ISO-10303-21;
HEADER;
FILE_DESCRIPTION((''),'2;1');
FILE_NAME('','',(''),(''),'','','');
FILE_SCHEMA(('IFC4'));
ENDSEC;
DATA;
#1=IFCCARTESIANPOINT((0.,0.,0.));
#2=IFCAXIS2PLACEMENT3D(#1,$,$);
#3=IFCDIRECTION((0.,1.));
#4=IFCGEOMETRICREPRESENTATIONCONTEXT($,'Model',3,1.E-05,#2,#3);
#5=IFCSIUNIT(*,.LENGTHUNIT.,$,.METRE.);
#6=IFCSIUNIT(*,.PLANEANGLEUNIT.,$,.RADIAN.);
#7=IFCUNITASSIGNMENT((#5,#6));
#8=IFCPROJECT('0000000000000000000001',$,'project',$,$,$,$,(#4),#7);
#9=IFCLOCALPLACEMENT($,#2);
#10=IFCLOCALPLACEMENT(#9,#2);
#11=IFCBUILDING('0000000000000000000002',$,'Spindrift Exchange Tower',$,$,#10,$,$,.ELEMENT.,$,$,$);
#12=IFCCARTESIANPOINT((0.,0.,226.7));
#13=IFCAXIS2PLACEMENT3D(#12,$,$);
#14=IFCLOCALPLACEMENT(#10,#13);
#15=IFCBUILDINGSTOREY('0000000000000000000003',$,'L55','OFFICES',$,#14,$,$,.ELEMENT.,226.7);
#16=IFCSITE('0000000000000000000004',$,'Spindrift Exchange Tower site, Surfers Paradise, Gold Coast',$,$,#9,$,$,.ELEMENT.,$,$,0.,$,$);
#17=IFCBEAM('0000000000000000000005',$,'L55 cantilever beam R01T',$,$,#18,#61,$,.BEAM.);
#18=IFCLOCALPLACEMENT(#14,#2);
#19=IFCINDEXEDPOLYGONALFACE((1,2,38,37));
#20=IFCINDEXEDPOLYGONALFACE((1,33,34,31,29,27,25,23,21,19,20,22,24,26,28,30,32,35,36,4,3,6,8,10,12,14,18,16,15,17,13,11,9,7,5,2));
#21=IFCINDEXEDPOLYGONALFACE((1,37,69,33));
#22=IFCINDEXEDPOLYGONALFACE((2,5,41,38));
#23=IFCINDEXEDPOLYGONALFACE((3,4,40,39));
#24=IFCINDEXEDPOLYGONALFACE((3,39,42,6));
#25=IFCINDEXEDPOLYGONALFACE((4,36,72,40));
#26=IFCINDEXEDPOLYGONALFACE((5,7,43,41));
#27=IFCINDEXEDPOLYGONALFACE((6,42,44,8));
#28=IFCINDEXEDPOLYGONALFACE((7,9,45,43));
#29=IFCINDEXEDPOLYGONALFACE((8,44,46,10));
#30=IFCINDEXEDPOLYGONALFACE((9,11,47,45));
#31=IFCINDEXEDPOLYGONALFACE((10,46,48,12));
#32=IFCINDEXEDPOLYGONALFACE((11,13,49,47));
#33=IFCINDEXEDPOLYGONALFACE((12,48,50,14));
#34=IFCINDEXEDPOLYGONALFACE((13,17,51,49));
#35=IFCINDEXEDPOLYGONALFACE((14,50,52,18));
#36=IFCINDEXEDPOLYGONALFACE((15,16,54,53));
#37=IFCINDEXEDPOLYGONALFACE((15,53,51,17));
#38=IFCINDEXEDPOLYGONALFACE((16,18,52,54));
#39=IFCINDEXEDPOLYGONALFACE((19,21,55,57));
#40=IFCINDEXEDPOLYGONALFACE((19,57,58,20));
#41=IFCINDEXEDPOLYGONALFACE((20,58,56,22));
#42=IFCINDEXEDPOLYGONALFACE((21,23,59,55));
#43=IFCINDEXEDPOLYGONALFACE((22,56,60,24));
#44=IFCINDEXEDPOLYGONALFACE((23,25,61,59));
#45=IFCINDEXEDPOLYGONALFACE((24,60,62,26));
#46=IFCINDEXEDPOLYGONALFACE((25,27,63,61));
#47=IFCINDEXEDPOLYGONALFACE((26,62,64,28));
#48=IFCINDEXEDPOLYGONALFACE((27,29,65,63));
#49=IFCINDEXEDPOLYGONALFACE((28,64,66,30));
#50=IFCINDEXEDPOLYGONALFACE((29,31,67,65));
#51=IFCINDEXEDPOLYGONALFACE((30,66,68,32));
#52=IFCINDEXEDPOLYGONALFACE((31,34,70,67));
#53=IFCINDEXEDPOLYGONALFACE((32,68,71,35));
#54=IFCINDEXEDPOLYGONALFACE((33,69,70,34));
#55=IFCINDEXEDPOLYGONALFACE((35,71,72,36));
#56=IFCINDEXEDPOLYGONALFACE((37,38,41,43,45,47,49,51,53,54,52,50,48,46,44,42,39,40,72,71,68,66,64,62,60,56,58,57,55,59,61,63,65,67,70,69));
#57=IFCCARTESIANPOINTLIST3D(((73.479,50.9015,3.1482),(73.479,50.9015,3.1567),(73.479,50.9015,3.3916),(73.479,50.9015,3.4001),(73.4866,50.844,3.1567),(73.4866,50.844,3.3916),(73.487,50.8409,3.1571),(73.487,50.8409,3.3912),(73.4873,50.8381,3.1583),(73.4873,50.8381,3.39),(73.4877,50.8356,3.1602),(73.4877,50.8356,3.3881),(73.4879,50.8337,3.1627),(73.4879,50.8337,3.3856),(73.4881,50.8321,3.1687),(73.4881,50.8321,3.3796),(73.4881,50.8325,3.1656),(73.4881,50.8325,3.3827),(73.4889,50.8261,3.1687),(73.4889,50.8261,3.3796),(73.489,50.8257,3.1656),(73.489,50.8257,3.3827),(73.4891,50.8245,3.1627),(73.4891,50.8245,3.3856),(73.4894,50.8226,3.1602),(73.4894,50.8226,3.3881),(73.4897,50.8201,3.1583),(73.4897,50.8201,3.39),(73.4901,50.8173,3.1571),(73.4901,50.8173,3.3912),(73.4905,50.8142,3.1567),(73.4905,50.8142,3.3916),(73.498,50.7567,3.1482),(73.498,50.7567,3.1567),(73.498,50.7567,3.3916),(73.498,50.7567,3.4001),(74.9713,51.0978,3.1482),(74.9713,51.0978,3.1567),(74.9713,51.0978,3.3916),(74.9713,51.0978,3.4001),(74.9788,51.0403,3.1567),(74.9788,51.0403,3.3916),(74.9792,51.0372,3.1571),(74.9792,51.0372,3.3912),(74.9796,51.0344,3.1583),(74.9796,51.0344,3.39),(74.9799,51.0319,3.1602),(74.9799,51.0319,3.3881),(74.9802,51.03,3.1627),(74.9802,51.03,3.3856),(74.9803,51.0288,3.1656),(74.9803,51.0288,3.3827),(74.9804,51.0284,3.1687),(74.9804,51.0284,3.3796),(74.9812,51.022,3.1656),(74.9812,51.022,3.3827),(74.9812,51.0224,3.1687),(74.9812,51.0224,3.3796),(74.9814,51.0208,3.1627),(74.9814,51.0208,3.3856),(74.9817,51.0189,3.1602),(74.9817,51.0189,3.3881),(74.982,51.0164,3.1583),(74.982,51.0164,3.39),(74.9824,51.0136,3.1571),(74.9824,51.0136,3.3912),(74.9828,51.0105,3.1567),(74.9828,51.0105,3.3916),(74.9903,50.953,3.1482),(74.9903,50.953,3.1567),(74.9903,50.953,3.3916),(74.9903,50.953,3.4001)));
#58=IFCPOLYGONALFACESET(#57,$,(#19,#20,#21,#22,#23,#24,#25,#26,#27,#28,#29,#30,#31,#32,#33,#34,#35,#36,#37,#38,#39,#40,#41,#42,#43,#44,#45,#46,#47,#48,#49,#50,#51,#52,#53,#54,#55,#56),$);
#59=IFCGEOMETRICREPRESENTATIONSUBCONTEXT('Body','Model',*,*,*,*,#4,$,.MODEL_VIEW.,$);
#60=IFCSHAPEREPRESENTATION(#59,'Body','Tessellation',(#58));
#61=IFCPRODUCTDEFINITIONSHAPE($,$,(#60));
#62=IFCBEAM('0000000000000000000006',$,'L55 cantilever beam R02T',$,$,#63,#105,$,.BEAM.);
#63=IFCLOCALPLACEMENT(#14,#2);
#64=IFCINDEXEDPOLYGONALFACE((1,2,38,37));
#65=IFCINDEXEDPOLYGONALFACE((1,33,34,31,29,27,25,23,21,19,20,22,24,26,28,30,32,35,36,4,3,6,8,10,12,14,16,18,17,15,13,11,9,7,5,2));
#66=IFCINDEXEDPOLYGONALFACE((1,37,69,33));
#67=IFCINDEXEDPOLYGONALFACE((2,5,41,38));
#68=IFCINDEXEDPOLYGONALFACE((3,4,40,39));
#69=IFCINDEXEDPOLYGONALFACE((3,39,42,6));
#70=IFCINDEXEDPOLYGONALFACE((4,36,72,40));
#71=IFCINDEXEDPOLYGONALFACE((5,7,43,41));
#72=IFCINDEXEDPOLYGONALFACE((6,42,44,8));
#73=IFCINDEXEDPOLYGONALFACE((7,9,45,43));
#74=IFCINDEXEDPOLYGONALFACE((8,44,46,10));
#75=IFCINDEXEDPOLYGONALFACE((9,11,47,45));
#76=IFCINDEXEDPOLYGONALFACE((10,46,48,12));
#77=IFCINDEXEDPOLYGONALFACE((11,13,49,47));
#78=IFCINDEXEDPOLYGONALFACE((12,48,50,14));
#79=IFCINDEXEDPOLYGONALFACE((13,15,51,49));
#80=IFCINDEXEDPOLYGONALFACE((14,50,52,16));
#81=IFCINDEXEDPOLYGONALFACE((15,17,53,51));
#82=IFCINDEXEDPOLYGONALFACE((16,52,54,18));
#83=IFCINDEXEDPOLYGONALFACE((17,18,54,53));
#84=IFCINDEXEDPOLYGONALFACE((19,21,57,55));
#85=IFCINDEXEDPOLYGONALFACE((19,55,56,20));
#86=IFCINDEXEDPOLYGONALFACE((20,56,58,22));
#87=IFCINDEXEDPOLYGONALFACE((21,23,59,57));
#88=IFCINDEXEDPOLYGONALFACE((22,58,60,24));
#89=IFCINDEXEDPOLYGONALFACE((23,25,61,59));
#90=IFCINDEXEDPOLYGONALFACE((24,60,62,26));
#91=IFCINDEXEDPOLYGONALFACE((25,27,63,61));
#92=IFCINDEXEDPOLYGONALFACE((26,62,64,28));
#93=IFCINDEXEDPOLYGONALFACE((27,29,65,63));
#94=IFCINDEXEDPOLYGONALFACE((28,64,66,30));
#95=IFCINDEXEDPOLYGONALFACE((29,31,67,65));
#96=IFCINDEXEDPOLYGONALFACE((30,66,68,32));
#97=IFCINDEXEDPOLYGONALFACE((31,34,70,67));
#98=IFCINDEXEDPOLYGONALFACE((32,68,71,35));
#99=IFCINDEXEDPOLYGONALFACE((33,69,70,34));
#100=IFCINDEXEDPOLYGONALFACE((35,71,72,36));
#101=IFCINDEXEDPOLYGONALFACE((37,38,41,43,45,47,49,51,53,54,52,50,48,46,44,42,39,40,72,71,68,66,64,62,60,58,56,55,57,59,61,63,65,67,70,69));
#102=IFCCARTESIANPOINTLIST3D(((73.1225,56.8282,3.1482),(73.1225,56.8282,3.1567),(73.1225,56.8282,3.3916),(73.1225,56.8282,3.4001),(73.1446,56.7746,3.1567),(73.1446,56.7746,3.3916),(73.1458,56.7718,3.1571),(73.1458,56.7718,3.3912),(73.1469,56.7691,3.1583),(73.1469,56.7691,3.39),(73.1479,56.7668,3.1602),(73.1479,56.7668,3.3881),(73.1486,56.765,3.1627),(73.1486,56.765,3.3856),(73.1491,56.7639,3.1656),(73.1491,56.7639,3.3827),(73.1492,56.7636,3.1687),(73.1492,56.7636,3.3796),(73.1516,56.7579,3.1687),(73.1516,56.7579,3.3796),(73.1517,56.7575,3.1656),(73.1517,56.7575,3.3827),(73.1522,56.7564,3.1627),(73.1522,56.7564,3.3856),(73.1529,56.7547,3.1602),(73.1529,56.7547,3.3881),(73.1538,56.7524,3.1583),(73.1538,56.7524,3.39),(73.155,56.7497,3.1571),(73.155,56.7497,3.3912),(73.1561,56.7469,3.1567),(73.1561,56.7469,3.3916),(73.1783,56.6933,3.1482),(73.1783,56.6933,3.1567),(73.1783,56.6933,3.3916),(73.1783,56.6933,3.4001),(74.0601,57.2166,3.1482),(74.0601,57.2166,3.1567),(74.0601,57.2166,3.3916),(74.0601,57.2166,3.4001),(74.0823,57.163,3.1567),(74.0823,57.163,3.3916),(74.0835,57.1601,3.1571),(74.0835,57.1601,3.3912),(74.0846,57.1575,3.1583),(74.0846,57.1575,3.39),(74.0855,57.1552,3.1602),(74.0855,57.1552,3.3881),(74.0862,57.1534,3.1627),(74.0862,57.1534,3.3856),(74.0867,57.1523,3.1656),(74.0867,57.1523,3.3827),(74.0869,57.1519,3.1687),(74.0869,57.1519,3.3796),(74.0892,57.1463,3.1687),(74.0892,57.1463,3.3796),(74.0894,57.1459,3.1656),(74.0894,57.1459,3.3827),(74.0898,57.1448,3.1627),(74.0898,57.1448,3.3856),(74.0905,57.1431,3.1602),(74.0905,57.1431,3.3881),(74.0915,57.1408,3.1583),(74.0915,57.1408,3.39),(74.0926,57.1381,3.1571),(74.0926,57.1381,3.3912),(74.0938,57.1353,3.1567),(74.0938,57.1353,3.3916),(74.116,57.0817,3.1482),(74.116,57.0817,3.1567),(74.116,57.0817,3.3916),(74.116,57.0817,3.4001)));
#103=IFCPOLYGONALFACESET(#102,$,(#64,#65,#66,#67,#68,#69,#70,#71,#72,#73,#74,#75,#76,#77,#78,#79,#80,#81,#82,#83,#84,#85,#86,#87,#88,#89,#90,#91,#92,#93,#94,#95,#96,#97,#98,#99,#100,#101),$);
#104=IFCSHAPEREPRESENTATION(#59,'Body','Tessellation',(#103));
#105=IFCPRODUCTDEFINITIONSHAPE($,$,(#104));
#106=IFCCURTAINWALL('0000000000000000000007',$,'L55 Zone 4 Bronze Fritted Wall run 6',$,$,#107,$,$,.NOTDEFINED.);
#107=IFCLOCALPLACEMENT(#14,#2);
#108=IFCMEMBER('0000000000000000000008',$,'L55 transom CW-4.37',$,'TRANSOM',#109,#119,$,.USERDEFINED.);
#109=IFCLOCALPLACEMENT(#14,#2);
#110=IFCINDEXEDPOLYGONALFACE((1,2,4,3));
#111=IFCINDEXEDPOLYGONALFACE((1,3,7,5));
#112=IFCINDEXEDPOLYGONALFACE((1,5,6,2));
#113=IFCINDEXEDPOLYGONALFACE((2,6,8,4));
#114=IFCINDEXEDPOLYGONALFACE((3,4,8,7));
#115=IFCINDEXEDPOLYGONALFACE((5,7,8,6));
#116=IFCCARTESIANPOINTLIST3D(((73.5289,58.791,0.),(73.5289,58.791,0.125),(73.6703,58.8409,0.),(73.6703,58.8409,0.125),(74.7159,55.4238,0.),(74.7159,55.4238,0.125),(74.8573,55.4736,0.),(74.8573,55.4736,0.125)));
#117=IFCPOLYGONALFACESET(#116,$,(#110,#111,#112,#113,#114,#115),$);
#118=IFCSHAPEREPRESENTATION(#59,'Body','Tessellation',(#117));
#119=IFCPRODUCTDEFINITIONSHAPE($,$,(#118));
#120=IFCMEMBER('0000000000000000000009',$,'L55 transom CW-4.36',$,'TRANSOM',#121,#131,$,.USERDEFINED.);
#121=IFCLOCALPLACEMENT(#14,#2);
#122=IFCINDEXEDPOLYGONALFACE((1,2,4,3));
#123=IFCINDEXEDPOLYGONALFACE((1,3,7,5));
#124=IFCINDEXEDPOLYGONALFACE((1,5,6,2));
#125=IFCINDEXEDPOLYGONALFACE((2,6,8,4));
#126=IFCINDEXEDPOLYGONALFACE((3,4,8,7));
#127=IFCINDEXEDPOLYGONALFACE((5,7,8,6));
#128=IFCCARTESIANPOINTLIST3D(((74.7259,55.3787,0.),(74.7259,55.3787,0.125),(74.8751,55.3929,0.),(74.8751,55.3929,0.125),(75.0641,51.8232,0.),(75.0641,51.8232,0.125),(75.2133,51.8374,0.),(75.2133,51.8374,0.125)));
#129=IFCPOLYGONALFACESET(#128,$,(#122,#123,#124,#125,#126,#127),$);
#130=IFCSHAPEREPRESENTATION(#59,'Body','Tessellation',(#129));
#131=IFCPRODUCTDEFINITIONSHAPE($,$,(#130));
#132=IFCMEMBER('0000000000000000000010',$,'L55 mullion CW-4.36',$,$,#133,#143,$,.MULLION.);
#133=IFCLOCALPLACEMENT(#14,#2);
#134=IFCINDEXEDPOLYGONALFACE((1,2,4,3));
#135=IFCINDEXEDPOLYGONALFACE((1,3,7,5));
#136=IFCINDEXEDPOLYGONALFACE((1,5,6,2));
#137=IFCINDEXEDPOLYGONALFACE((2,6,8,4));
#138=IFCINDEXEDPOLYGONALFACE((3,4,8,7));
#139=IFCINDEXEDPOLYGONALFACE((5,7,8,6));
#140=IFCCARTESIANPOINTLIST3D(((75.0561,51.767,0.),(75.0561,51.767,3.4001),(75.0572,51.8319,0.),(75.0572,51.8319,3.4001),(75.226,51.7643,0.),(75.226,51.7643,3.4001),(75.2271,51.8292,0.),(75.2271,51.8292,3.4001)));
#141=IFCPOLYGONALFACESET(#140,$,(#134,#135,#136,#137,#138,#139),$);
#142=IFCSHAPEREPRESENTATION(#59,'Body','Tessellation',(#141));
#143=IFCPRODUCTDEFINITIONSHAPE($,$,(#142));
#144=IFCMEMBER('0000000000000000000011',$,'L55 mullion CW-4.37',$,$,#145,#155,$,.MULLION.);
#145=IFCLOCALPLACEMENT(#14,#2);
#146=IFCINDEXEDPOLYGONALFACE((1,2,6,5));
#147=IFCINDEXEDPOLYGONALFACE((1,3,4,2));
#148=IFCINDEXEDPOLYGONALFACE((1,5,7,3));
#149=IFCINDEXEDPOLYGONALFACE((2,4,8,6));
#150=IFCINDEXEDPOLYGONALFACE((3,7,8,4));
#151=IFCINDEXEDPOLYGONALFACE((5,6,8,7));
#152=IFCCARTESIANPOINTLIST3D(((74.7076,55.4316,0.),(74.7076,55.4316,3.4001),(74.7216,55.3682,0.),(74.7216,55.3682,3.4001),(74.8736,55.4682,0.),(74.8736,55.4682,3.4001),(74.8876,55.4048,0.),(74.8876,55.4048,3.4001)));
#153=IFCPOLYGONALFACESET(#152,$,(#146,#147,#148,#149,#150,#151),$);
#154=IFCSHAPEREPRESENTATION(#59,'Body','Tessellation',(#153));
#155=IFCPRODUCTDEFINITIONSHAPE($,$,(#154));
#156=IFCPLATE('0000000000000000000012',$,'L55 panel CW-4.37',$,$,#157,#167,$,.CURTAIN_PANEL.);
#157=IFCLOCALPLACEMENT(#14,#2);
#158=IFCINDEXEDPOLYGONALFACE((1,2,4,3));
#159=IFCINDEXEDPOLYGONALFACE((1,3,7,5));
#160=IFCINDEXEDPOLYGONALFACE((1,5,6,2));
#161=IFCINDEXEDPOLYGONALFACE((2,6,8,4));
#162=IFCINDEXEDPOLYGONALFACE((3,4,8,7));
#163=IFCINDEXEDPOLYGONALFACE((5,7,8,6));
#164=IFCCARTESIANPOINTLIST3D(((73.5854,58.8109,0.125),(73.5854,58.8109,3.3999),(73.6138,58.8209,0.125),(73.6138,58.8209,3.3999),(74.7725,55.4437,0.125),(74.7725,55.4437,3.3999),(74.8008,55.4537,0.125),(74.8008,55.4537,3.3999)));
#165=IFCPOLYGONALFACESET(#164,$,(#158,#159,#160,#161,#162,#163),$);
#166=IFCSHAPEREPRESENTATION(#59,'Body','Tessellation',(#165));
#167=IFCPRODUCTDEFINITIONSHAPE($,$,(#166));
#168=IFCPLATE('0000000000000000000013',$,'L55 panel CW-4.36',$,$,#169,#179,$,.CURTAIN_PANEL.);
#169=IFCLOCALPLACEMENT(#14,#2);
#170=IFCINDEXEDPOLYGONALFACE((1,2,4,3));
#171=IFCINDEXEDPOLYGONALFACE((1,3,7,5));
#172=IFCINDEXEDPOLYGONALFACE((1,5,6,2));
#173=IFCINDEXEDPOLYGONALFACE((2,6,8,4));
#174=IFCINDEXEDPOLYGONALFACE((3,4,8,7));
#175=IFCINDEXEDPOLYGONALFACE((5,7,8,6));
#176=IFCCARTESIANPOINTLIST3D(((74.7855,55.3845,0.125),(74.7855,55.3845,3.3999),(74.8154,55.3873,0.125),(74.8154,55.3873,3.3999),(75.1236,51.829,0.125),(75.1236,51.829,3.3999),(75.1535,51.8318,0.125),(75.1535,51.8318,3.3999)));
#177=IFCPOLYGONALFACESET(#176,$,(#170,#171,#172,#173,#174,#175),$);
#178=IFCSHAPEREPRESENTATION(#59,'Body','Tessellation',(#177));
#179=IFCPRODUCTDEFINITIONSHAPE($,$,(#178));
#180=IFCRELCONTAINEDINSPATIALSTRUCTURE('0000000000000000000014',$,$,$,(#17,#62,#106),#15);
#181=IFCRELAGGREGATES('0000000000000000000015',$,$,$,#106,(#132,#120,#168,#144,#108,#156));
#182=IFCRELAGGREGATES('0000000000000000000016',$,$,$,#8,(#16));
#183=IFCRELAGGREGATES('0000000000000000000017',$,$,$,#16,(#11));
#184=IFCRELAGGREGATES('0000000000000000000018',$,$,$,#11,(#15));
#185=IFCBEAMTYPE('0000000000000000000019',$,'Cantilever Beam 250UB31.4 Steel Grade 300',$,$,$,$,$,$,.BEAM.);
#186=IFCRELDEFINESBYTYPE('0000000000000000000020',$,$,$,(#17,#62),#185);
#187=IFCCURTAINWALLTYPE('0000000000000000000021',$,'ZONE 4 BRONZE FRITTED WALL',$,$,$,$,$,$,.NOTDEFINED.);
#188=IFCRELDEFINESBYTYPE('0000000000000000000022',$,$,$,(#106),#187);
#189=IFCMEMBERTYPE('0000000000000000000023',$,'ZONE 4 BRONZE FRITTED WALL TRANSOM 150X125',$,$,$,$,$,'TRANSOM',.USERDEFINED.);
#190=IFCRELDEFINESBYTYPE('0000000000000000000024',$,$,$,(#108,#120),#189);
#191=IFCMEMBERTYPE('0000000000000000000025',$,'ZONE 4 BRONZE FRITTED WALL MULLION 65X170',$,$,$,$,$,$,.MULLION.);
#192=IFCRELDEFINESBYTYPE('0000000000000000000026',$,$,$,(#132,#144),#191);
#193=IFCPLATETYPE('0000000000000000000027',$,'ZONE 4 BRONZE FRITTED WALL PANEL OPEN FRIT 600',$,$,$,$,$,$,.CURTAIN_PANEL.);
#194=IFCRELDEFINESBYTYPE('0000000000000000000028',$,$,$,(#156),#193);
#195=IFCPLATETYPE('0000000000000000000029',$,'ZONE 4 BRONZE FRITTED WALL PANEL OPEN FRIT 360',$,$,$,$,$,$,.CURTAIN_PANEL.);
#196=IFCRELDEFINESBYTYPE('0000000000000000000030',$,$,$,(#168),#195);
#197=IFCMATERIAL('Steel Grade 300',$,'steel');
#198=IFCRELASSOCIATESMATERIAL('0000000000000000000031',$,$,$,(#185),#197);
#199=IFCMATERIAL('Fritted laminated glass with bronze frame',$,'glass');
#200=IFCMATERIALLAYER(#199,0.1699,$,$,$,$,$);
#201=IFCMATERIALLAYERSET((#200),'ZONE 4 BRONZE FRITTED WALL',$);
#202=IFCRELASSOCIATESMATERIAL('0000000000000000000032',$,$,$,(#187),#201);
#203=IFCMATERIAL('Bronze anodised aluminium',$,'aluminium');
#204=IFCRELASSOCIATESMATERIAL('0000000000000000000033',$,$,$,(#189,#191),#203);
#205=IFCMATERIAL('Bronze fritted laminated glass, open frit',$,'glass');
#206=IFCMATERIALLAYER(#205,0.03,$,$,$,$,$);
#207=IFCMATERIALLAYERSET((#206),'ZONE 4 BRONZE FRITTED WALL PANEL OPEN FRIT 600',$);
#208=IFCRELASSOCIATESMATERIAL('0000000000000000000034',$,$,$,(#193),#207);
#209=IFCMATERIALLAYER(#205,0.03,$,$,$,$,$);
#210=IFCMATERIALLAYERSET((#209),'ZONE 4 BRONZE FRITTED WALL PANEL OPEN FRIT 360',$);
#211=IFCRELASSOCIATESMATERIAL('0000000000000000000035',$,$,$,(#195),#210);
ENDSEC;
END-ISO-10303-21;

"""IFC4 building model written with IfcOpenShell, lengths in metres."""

from ifc_helpers import new_model, si_unit, direction, frame, origin, origin_2d, place, context, subcontext, project, spatial, rectangle, i_section, extrude, source, transform, mapped, material, layer, layer_set, material_profile, profile_set, type_object, element, aggregate, save


model = new_model("IFC4")

# Units and contexts
model_context = context("Model", 3, precision=1e-05, world=origin(), true_north=direction((0.0, 1.0)))
body_context = subcontext(model_context, "Body", "Model", "MODEL_VIEW")
ifc_project = project(units=[si_unit("LENGTHUNIT", "METRE"), si_unit("PLANEANGLEUNIT", "RADIAN")], contexts=[model_context])

# Site, building, storey
site_placement = place(None, origin())
site = spatial("IfcSite", under=ifc_project, at=site_placement, Name="Spindrift Exchange Tower site, Surfers Paradise, Gold Coast", CompositionType="ELEMENT", RefElevation=0.0)
building_placement = place(site_placement, origin())
building = spatial("IfcBuilding", under=site, at=building_placement, Name="Spindrift Exchange Tower", CompositionType="ELEMENT")
storey_placement = place(building_placement, frame((0.0, 0.0, 226.7)))
storey = spatial("IfcBuildingStorey", under=building, at=storey_placement, Name="L55", Description="OFFICES", CompositionType="ELEMENT", Elevation=226.7)

# Beams
ifc_material_1 = material(Name="Steel Grade 300", Category="steel")
ifc_material_profile_1 = material_profile(ifc_material_1, i_section(OverallWidth=0.146, OverallDepth=0.252, WebThickness=0.0061, FlangeThickness=0.0085, FilletRadius=0.012, at=origin_2d()), Name="250UB31.4")
ifc_profile_set_1 = profile_set([ifc_material_profile_1], Name="Steel Grade 300")
beam_type_1 = type_object("IfcBeamType", Name="Cantilever Beam 250UB31.4 Steel Grade 300", PredefinedType="BEAM", material=ifc_profile_set_1)
shared_shape_1 = source(origin(), body_context, "Body", "SweptSolid", [
    extrude(i_section(OverallWidth=0.146, OverallDepth=0.252, WebThickness=0.0061, FlangeThickness=0.0085, FilletRadius=0.012, at=origin_2d()), origin(), (0.0, 0.0, 1.0), 1.5051),
])
beam_1_placement = place(storey_placement, frame((73.4885, 50.8291, 3.2742), z_axis=(0.991459, 0.130421, 0.0), x_axis=(-0.130421, 0.991459, 0.0)))
element("IfcBeam", 1, at=beam_1_placement, inside=storey, type_object=beam_type_1, Name="L55 cantilever beam R01T", PredefinedType="BEAM", context=body_context, shape_type="MappedRepresentation", body=[
    mapped(shared_shape_1, transform((0.0, 0.0, 0.0), scale=1.0)),
])
shared_shape_2 = source(origin(), body_context, "Body", "SweptSolid", [
    extrude(i_section(OverallWidth=0.146, OverallDepth=0.252, WebThickness=0.0061, FlangeThickness=0.0085, FilletRadius=0.012, at=origin_2d()), origin(), (0.0, 0.0, 1.0), 1.0149),
])
beam_2_placement = place(storey_placement, frame((73.1504, 56.7607, 3.2742), z_axis=(0.923879, 0.382685, 0.0), x_axis=(-0.382685, 0.923879, 0.0)))
element("IfcBeam", 2, at=beam_2_placement, inside=storey, type_object=beam_type_1, Name="L55 cantilever beam R02T", PredefinedType="BEAM", context=body_context, shape_type="MappedRepresentation", body=[
    mapped(shared_shape_2, transform((0.0, 0.0, 0.0), scale=1.0)),
])

# Curtain wall, members, plates
ifc_material_2 = material(Name="Fritted laminated glass with bronze frame", Category="glass")
ifc_layer_1 = layer(ifc_material_2, 0.1699)
ifc_layer_set_1 = layer_set([ifc_layer_1], Name="ZONE 4 BRONZE FRITTED WALL")
curtain_wall_type = type_object("IfcCurtainWallType", Name="ZONE 4 BRONZE FRITTED WALL", PredefinedType="NOTDEFINED", material=ifc_layer_set_1)
curtain_wall_placement = place(storey_placement, origin())
curtain_wall = element("IfcCurtainWall", 3, at=curtain_wall_placement, inside=storey, type_object=curtain_wall_type, Name="L55 Zone 4 Bronze Fritted Wall run 6", PredefinedType="NOTDEFINED")
ifc_material_3 = material(Name="Bronze anodised aluminium", Category="aluminium")
ifc_material_profile_2 = material_profile(ifc_material_3, rectangle(XDim=0.1499, YDim=0.125, at=origin_2d()), Name="ZONE 4 BRONZE FRITTED WALL TRANSOM 150X125")
ifc_profile_set_2 = profile_set([ifc_material_profile_2], Name="Bronze anodised aluminium")
member_type_1 = type_object("IfcMemberType", Name="ZONE 4 BRONZE FRITTED WALL TRANSOM 150X125", ElementType="TRANSOM", PredefinedType="USERDEFINED", material=ifc_profile_set_2)
shared_shape_3 = source(origin(), body_context, "Body", "SweptSolid", [
    extrude(rectangle(XDim=0.1499, YDim=0.125, at=origin_2d()), origin(), (0.0, 0.0, 1.0), 3.5703),
])
member_1_placement = place(storey_placement, frame((74.7866, 55.4487, 0.0625), z_axis=(-0.33247, 0.943114, 0.0), x_axis=(-0.943114, -0.33247, 0.0)))
member_1 = element("IfcMember", 4, at=member_1_placement, type_object=member_type_1, Name="L55 transom CW-4.37", ObjectType="TRANSOM", PredefinedType="USERDEFINED", context=body_context, shape_type="MappedRepresentation", body=[
    mapped(shared_shape_3, transform((0.0, 0.0, 0.0), scale=1.0)),
])
shared_shape_4 = source(origin(), body_context, "Body", "SweptSolid", [
    extrude(rectangle(XDim=0.1499, YDim=0.125, at=origin_2d()), origin(), (0.0, 0.0, 1.0), 3.5715),
])
member_2_placement = place(storey_placement, frame((75.1387, 51.8303, 0.0625), z_axis=(-0.094677, 0.995508, 0.0), x_axis=(-0.995508, -0.094677, 0.0)))
member_2 = element("IfcMember", 5, at=member_2_placement, type_object=member_type_1, Name="L55 transom CW-4.36", ObjectType="TRANSOM", PredefinedType="USERDEFINED", context=body_context, shape_type="MappedRepresentation", body=[
    mapped(shared_shape_4, transform((0.0, 0.0, 0.0), scale=1.0)),
])
ifc_material_profile_3 = material_profile(ifc_material_3, rectangle(XDim=0.0649, YDim=0.1699, at=origin_2d()), Name="ZONE 4 BRONZE FRITTED WALL MULLION 65X170")
ifc_profile_set_3 = profile_set([ifc_material_profile_3], Name="Bronze anodised aluminium")
member_type_2 = type_object("IfcMemberType", Name="ZONE 4 BRONZE FRITTED WALL MULLION 65X170", PredefinedType="MULLION", material=ifc_profile_set_3)
shared_shape_5 = source(origin(), body_context, "Body", "SweptSolid", [
    extrude(rectangle(XDim=0.0649, YDim=0.1699, at=origin_2d()), origin(), (0.0, 0.0, 1.0), 3.4001),
])
member_3_placement = place(storey_placement, frame((75.1416, 51.7981, 0.0), z_axis=(0.0, 0.0, 1.0), x_axis=(0.015877, 0.999874, 0.0)))
member_3 = element("IfcMember", 6, at=member_3_placement, type_object=member_type_2, Name="L55 mullion CW-4.36", PredefinedType="MULLION", context=body_context, shape_type="MappedRepresentation", body=[
    mapped(shared_shape_5, transform((0.0, 0.0, 0.0), scale=1.0)),
])
member_4_placement = place(storey_placement, frame((74.7976, 55.4182, 0.0), z_axis=(0.0, 0.0, 1.0), x_axis=(-0.215162, 0.976578, 0.0)))
member_4 = element("IfcMember", 7, at=member_4_placement, type_object=member_type_2, Name="L55 mullion CW-4.37", PredefinedType="MULLION", context=body_context, shape_type="MappedRepresentation", body=[
    mapped(shared_shape_5, transform((0.0, 0.0, 0.0), scale=1.0)),
])
ifc_material_4 = material(Name="Bronze fritted laminated glass, open frit", Category="glass")
ifc_layer_2 = layer(ifc_material_4, 0.03)
ifc_layer_set_2 = layer_set([ifc_layer_2], Name="ZONE 4 BRONZE FRITTED WALL PANEL OPEN FRIT 600")
plate_type_1 = type_object("IfcPlateType", Name="ZONE 4 BRONZE FRITTED WALL PANEL OPEN FRIT 600", PredefinedType="CURTAIN_PANEL", material=ifc_layer_set_2)
shared_shape_6 = source(origin(), body_context, "Body", "SweptSolid", [
    extrude(rectangle(XDim=3.5703, YDim=0.03, at=origin_2d()), origin(), (0.0, 0.0, 1.0), 3.2749),
])
plate_1_placement = place(storey_placement, frame((74.1931, 57.1323, 0.125), z_axis=(0.0, 0.0, 1.0), x_axis=(-0.332472, 0.943113, 0.0)))
plate_1 = element("IfcPlate", 8, at=plate_1_placement, type_object=plate_type_1, Name="L55 panel CW-4.37", PredefinedType="CURTAIN_PANEL", context=body_context, shape_type="MappedRepresentation", body=[
    mapped(shared_shape_6, transform((0.0, 0.0, 0.0), scale=1.0)),
])
ifc_layer_3 = layer(ifc_material_4, 0.03)
ifc_layer_set_3 = layer_set([ifc_layer_3], Name="ZONE 4 BRONZE FRITTED WALL PANEL OPEN FRIT 360")
plate_type_2 = type_object("IfcPlateType", Name="ZONE 4 BRONZE FRITTED WALL PANEL OPEN FRIT 360", PredefinedType="CURTAIN_PANEL", material=ifc_layer_set_3)
shared_shape_7 = source(origin(), body_context, "Body", "SweptSolid", [
    extrude(rectangle(XDim=3.5715, YDim=0.03, at=origin_2d()), origin(), (0.0, 0.0, 1.0), 3.2749),
])
plate_2_placement = place(storey_placement, frame((74.9695, 53.6082, 0.125), z_axis=(0.0, 0.0, 1.0), x_axis=(-0.09465, 0.995511, 0.0)))
plate_2 = element("IfcPlate", 9, at=plate_2_placement, type_object=plate_type_2, Name="L55 panel CW-4.36", PredefinedType="CURTAIN_PANEL", context=body_context, shape_type="MappedRepresentation", body=[
    mapped(shared_shape_7, transform((0.0, 0.0, 0.0), scale=1.0)),
])
aggregate(curtain_wall, [member_3, member_2, plate_2, member_4, member_1, plate_1])

save(model, "model.ifc")
